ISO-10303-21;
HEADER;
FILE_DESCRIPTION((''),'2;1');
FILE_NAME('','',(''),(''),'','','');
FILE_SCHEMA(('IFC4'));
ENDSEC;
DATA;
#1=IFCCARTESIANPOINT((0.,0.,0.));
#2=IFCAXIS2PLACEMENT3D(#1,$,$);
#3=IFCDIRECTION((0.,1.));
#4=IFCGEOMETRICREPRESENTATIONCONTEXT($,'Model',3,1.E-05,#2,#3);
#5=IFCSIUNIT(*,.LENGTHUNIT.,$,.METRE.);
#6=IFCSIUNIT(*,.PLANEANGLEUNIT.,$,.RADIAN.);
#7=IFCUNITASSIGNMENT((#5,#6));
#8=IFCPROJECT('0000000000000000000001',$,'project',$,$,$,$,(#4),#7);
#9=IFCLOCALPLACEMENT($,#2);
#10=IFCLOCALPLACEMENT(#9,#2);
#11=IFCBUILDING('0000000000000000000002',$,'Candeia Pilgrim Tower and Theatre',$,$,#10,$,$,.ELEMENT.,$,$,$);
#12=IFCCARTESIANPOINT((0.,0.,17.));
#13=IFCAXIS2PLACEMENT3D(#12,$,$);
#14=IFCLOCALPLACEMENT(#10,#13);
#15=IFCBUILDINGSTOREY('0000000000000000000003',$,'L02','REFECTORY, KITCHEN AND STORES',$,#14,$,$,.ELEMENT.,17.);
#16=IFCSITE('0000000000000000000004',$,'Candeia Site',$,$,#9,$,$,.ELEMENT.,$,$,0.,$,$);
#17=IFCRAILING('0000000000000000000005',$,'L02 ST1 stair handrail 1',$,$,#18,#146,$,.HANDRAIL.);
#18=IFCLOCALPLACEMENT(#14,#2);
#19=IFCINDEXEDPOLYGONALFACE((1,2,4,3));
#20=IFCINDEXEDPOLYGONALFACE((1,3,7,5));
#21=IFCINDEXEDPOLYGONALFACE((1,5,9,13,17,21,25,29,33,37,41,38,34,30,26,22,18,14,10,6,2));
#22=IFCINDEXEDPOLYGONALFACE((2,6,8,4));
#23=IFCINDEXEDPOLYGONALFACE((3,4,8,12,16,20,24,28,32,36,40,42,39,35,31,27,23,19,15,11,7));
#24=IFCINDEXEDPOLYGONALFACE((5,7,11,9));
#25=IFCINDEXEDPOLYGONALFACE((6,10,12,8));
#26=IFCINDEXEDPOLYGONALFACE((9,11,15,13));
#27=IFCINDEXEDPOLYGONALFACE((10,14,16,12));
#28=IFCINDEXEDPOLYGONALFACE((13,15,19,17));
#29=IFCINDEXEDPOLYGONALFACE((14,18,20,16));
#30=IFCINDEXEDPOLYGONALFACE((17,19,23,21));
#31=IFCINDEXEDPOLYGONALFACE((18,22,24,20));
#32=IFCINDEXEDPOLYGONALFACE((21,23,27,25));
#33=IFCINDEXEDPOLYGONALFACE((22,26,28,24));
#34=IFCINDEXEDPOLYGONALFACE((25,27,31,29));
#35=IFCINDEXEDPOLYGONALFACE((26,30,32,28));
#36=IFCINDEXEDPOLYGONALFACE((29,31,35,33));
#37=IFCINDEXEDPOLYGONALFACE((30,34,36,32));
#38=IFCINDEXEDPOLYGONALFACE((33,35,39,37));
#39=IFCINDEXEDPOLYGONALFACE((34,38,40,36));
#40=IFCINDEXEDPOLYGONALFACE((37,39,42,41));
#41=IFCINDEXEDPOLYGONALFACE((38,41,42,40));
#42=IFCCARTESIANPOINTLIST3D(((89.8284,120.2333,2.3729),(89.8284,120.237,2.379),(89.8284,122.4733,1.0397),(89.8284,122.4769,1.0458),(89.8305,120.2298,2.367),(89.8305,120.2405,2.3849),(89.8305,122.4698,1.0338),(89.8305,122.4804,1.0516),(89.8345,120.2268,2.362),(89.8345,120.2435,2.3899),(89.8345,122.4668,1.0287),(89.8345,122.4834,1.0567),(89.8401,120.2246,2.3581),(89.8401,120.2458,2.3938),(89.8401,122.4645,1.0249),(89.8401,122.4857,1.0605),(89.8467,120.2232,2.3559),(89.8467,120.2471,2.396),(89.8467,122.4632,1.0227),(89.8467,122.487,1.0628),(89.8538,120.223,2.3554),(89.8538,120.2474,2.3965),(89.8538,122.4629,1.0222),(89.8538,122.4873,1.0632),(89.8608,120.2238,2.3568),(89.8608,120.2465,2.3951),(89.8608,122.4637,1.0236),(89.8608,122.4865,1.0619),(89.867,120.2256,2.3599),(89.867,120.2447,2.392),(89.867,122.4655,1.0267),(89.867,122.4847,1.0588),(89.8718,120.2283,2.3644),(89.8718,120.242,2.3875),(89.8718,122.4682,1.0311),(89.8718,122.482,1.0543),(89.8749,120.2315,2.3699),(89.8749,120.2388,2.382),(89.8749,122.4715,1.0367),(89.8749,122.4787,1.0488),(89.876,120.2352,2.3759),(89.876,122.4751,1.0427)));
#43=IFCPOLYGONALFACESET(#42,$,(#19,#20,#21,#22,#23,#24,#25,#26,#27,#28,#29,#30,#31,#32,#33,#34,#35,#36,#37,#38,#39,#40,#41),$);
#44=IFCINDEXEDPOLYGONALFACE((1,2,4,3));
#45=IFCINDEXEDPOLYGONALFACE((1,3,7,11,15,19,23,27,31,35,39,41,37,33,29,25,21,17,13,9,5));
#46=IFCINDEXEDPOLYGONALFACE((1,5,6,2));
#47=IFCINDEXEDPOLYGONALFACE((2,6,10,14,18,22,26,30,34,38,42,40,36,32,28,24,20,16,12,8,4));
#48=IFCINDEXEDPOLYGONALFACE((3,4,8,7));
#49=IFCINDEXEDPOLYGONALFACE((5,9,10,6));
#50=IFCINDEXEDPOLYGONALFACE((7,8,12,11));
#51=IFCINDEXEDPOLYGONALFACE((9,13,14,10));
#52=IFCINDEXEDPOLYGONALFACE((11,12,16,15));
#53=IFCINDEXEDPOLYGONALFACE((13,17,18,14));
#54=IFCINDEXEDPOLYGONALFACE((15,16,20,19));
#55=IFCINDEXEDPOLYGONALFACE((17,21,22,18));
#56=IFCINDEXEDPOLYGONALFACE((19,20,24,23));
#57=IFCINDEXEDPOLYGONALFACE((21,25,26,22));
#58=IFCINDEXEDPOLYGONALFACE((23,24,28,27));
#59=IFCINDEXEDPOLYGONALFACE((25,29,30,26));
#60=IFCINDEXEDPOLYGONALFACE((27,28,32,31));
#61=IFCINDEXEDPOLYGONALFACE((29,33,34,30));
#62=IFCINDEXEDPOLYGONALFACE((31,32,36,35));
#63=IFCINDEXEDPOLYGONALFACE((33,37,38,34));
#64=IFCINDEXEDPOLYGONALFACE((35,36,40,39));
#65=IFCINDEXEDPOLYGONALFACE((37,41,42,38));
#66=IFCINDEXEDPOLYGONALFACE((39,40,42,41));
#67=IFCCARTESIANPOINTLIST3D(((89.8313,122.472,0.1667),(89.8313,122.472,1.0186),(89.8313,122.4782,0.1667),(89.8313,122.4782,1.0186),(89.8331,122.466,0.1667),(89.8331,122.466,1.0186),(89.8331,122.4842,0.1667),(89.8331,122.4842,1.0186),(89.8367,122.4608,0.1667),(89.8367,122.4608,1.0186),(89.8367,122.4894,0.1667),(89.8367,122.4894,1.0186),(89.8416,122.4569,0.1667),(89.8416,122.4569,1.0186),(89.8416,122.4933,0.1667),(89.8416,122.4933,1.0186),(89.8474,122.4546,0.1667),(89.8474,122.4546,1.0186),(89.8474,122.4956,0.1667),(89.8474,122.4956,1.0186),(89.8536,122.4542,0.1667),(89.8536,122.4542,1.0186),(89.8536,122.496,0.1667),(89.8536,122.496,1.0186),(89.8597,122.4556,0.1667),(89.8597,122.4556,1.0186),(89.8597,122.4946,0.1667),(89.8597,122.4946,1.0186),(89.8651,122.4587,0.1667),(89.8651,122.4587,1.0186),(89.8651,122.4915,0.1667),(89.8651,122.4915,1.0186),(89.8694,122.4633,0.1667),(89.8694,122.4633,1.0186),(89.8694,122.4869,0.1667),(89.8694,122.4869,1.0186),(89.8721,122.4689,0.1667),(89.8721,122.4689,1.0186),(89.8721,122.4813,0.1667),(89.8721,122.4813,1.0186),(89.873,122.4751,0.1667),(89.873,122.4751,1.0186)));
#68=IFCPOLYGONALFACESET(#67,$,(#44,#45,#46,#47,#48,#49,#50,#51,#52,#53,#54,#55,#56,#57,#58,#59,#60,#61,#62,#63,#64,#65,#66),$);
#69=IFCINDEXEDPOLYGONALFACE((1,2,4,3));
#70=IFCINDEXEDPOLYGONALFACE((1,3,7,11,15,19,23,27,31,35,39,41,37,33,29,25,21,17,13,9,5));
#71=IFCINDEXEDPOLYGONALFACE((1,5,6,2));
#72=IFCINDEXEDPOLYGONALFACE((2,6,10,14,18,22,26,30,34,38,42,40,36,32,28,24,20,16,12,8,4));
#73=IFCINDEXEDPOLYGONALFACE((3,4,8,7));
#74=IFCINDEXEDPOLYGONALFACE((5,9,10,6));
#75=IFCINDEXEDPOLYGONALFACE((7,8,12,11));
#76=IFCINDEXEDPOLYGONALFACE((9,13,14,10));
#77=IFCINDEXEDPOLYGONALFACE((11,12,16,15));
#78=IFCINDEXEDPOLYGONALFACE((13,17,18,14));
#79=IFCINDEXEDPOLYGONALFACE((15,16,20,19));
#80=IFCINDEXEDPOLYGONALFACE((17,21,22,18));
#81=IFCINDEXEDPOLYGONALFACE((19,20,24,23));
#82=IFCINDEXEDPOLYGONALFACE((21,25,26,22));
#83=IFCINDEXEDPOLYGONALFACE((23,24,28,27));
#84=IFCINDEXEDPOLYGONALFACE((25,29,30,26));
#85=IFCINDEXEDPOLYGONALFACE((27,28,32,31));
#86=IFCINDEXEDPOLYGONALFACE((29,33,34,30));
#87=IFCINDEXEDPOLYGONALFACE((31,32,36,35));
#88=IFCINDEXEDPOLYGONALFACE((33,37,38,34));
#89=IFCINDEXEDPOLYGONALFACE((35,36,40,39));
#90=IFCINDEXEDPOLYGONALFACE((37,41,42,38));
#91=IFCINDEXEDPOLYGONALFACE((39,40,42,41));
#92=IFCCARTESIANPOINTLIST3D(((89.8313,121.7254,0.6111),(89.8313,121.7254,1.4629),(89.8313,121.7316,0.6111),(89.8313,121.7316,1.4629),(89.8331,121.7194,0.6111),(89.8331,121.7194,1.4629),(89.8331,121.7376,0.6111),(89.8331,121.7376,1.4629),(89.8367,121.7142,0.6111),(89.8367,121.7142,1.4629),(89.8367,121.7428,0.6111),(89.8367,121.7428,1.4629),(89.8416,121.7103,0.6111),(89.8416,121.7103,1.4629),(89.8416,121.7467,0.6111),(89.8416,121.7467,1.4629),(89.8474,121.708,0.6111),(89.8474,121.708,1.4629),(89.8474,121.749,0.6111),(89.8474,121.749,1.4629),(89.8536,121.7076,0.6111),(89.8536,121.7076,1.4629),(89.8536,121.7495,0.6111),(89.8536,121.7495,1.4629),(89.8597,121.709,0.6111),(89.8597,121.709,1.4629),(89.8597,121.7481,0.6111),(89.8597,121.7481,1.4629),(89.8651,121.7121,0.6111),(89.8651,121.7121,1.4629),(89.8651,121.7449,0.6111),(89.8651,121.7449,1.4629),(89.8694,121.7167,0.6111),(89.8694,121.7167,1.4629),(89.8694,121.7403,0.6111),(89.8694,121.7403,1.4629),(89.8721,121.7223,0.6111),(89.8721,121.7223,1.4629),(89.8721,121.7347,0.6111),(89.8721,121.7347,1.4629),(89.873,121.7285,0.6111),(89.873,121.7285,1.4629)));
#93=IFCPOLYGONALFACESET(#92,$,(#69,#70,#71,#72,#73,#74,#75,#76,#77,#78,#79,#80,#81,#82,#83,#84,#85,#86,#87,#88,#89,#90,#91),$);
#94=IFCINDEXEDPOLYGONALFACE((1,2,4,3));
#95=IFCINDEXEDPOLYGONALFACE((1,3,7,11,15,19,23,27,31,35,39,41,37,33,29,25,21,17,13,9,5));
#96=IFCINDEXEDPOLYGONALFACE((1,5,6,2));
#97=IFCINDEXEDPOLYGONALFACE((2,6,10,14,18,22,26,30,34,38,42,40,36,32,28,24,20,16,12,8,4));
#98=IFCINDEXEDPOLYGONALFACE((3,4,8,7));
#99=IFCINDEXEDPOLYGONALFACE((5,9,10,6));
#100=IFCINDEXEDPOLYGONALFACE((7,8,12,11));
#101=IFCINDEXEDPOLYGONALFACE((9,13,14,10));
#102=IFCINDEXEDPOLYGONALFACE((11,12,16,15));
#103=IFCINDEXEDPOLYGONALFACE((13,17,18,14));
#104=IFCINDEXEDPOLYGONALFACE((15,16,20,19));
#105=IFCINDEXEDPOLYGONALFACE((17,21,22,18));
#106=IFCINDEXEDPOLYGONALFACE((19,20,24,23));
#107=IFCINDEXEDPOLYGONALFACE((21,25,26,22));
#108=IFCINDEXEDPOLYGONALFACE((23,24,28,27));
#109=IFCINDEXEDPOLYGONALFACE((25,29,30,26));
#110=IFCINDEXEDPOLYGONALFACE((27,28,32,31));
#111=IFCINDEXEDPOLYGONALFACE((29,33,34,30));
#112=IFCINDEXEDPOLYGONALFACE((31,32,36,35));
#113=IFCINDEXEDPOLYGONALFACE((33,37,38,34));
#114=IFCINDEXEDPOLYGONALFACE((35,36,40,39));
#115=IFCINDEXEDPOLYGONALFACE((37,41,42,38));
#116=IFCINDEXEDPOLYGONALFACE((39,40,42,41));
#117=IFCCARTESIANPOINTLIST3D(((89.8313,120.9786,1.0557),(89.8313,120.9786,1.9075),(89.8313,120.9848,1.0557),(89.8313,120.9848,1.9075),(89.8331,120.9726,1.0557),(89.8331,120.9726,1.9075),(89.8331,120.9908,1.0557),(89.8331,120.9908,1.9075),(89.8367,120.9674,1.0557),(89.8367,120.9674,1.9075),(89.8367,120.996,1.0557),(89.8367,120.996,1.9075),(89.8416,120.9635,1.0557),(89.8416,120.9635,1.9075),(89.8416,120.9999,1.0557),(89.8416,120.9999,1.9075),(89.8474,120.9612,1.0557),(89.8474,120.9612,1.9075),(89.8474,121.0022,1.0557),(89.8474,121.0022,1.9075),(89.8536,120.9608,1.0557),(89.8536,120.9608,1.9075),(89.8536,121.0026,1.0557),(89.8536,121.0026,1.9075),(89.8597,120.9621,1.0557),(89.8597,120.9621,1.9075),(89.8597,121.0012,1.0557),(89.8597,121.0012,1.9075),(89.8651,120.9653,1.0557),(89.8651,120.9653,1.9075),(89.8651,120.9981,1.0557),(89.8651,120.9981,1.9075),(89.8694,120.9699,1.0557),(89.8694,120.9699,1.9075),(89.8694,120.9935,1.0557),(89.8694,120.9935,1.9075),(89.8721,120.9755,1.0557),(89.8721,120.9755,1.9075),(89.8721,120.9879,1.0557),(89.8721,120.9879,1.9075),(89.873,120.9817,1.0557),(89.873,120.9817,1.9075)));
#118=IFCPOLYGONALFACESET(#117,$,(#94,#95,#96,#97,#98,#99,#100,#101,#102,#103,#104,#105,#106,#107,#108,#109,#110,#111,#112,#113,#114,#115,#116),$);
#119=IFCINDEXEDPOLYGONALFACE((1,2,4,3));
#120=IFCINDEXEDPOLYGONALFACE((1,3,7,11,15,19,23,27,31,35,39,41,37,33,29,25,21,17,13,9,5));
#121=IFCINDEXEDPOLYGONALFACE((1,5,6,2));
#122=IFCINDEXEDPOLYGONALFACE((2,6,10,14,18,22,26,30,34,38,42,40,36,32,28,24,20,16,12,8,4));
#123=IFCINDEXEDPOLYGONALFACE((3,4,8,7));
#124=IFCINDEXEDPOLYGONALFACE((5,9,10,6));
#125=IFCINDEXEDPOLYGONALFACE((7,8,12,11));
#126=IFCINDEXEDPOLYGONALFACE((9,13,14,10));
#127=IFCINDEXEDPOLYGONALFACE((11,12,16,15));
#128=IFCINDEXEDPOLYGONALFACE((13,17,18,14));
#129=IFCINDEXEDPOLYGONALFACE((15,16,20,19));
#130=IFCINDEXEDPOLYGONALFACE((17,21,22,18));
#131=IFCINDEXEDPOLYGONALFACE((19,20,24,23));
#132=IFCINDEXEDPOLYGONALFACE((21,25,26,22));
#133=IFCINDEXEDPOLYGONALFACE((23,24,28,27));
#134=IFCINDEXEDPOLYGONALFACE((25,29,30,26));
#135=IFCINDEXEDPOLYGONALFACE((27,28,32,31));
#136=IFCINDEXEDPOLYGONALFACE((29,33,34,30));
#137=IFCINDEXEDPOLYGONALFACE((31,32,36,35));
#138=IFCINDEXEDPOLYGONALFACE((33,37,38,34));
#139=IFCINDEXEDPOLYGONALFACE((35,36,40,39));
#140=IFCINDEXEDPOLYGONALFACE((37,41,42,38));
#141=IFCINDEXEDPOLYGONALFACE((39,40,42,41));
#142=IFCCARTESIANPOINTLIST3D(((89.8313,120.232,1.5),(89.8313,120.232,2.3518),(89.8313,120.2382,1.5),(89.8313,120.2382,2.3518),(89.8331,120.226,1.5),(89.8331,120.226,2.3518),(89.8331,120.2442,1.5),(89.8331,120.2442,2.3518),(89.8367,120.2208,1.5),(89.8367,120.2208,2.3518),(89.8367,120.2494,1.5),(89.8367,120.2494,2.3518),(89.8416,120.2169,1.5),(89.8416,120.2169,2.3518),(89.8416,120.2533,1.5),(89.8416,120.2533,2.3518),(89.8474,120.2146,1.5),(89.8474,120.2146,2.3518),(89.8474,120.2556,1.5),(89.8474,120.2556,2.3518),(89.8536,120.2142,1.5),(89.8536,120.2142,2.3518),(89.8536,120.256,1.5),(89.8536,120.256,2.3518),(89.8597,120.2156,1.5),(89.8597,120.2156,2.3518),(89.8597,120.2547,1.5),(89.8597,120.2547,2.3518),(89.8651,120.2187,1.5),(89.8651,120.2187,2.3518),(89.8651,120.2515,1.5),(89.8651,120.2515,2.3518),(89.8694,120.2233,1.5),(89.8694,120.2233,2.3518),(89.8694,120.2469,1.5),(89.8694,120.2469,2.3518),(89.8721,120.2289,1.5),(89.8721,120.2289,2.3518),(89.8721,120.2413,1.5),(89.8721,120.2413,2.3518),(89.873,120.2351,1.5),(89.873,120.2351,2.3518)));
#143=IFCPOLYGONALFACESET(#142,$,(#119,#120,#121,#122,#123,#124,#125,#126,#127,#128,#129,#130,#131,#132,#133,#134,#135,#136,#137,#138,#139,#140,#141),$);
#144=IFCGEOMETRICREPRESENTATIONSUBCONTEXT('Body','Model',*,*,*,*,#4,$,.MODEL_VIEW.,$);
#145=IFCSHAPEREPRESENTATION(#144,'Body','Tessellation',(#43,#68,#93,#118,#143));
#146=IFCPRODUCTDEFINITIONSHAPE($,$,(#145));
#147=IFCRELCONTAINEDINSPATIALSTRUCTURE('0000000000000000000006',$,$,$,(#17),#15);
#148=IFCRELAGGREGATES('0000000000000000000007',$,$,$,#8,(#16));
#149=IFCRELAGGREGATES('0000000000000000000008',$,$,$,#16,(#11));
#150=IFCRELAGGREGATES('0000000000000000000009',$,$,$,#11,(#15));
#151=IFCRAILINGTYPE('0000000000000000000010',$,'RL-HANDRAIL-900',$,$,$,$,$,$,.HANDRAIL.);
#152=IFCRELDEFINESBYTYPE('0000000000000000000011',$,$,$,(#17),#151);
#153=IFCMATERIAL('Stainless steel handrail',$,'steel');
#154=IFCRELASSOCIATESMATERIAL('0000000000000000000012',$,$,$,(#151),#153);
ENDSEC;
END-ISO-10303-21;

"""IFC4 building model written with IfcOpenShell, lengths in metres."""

from ifc_helpers import new_model, si_unit, direction, frame, origin, origin_2d, place, context, subcontext, project, spatial, circle, extrude, material, type_object, element, save


model = new_model("IFC4")

# Units and contexts
model_context = context("Model", 3, precision=1e-05, world=origin(), true_north=direction((0.0, 1.0)))
body_context = subcontext(model_context, "Body", "Model", "MODEL_VIEW")
ifc_project = project(units=[si_unit("LENGTHUNIT", "METRE"), si_unit("PLANEANGLEUNIT", "RADIAN")], contexts=[model_context])

# Site, building, storey
site_placement = place(None, origin())
site = spatial("IfcSite", under=ifc_project, at=site_placement, Name="Candeia Site", CompositionType="ELEMENT", RefElevation=0.0)
building_placement = place(site_placement, origin())
building = spatial("IfcBuilding", under=site, at=building_placement, Name="Candeia Pilgrim Tower and Theatre", CompositionType="ELEMENT")
storey_placement = place(building_placement, frame((0.0, 0.0, 17.0)))
storey = spatial("IfcBuildingStorey", under=building, at=storey_placement, Name="L02", Description="REFECTORY, KITCHEN AND STORES", CompositionType="ELEMENT", Elevation=17.0)

# Railing
ifc_material_1 = material(Name="Stainless steel handrail", Category="steel")
railing_type_1 = type_object("IfcRailingType", Name="RL-HANDRAIL-900", PredefinedType="HANDRAIL", material=ifc_material_1)
for number, where, name in (
    (1, (89.8521, 122.4751, 0.1667), "L02 ST1 stair handrail 1"),
):
    element("IfcRailing", number, at=place(storey_placement, frame(where)), inside=storey, type_object=railing_type_1, Name=name, PredefinedType="HANDRAIL", context=body_context, shape_type="SweptSolid", body=[
        extrude(circle(Radius=0.0239, at=origin_2d()), frame((0.0, 0.0, 0.876), z_axis=(0.0, -0.859306, 0.511462), x_axis=(1.0, 0.0, 0.0)), (0.0, 0.0, 1.0), 2.6067),
        extrude(circle(Radius=0.021, at=origin_2d()), origin(), (0.0, 0.0, 1.0), 0.8518),
        extrude(circle(Radius=0.021, at=origin_2d()), frame((0.0, -0.7466, 0.4443)), (0.0, 0.0, 1.0), 0.8518),
        extrude(circle(Radius=0.021, at=origin_2d()), frame((0.0, -1.4934, 0.8889)), (0.0, 0.0, 1.0), 0.8518),
        extrude(circle(Radius=0.021, at=origin_2d()), frame((0.0, -2.24, 1.3333)), (0.0, 0.0, 1.0), 0.8518),
    ])

save(model, "model.ifc")
